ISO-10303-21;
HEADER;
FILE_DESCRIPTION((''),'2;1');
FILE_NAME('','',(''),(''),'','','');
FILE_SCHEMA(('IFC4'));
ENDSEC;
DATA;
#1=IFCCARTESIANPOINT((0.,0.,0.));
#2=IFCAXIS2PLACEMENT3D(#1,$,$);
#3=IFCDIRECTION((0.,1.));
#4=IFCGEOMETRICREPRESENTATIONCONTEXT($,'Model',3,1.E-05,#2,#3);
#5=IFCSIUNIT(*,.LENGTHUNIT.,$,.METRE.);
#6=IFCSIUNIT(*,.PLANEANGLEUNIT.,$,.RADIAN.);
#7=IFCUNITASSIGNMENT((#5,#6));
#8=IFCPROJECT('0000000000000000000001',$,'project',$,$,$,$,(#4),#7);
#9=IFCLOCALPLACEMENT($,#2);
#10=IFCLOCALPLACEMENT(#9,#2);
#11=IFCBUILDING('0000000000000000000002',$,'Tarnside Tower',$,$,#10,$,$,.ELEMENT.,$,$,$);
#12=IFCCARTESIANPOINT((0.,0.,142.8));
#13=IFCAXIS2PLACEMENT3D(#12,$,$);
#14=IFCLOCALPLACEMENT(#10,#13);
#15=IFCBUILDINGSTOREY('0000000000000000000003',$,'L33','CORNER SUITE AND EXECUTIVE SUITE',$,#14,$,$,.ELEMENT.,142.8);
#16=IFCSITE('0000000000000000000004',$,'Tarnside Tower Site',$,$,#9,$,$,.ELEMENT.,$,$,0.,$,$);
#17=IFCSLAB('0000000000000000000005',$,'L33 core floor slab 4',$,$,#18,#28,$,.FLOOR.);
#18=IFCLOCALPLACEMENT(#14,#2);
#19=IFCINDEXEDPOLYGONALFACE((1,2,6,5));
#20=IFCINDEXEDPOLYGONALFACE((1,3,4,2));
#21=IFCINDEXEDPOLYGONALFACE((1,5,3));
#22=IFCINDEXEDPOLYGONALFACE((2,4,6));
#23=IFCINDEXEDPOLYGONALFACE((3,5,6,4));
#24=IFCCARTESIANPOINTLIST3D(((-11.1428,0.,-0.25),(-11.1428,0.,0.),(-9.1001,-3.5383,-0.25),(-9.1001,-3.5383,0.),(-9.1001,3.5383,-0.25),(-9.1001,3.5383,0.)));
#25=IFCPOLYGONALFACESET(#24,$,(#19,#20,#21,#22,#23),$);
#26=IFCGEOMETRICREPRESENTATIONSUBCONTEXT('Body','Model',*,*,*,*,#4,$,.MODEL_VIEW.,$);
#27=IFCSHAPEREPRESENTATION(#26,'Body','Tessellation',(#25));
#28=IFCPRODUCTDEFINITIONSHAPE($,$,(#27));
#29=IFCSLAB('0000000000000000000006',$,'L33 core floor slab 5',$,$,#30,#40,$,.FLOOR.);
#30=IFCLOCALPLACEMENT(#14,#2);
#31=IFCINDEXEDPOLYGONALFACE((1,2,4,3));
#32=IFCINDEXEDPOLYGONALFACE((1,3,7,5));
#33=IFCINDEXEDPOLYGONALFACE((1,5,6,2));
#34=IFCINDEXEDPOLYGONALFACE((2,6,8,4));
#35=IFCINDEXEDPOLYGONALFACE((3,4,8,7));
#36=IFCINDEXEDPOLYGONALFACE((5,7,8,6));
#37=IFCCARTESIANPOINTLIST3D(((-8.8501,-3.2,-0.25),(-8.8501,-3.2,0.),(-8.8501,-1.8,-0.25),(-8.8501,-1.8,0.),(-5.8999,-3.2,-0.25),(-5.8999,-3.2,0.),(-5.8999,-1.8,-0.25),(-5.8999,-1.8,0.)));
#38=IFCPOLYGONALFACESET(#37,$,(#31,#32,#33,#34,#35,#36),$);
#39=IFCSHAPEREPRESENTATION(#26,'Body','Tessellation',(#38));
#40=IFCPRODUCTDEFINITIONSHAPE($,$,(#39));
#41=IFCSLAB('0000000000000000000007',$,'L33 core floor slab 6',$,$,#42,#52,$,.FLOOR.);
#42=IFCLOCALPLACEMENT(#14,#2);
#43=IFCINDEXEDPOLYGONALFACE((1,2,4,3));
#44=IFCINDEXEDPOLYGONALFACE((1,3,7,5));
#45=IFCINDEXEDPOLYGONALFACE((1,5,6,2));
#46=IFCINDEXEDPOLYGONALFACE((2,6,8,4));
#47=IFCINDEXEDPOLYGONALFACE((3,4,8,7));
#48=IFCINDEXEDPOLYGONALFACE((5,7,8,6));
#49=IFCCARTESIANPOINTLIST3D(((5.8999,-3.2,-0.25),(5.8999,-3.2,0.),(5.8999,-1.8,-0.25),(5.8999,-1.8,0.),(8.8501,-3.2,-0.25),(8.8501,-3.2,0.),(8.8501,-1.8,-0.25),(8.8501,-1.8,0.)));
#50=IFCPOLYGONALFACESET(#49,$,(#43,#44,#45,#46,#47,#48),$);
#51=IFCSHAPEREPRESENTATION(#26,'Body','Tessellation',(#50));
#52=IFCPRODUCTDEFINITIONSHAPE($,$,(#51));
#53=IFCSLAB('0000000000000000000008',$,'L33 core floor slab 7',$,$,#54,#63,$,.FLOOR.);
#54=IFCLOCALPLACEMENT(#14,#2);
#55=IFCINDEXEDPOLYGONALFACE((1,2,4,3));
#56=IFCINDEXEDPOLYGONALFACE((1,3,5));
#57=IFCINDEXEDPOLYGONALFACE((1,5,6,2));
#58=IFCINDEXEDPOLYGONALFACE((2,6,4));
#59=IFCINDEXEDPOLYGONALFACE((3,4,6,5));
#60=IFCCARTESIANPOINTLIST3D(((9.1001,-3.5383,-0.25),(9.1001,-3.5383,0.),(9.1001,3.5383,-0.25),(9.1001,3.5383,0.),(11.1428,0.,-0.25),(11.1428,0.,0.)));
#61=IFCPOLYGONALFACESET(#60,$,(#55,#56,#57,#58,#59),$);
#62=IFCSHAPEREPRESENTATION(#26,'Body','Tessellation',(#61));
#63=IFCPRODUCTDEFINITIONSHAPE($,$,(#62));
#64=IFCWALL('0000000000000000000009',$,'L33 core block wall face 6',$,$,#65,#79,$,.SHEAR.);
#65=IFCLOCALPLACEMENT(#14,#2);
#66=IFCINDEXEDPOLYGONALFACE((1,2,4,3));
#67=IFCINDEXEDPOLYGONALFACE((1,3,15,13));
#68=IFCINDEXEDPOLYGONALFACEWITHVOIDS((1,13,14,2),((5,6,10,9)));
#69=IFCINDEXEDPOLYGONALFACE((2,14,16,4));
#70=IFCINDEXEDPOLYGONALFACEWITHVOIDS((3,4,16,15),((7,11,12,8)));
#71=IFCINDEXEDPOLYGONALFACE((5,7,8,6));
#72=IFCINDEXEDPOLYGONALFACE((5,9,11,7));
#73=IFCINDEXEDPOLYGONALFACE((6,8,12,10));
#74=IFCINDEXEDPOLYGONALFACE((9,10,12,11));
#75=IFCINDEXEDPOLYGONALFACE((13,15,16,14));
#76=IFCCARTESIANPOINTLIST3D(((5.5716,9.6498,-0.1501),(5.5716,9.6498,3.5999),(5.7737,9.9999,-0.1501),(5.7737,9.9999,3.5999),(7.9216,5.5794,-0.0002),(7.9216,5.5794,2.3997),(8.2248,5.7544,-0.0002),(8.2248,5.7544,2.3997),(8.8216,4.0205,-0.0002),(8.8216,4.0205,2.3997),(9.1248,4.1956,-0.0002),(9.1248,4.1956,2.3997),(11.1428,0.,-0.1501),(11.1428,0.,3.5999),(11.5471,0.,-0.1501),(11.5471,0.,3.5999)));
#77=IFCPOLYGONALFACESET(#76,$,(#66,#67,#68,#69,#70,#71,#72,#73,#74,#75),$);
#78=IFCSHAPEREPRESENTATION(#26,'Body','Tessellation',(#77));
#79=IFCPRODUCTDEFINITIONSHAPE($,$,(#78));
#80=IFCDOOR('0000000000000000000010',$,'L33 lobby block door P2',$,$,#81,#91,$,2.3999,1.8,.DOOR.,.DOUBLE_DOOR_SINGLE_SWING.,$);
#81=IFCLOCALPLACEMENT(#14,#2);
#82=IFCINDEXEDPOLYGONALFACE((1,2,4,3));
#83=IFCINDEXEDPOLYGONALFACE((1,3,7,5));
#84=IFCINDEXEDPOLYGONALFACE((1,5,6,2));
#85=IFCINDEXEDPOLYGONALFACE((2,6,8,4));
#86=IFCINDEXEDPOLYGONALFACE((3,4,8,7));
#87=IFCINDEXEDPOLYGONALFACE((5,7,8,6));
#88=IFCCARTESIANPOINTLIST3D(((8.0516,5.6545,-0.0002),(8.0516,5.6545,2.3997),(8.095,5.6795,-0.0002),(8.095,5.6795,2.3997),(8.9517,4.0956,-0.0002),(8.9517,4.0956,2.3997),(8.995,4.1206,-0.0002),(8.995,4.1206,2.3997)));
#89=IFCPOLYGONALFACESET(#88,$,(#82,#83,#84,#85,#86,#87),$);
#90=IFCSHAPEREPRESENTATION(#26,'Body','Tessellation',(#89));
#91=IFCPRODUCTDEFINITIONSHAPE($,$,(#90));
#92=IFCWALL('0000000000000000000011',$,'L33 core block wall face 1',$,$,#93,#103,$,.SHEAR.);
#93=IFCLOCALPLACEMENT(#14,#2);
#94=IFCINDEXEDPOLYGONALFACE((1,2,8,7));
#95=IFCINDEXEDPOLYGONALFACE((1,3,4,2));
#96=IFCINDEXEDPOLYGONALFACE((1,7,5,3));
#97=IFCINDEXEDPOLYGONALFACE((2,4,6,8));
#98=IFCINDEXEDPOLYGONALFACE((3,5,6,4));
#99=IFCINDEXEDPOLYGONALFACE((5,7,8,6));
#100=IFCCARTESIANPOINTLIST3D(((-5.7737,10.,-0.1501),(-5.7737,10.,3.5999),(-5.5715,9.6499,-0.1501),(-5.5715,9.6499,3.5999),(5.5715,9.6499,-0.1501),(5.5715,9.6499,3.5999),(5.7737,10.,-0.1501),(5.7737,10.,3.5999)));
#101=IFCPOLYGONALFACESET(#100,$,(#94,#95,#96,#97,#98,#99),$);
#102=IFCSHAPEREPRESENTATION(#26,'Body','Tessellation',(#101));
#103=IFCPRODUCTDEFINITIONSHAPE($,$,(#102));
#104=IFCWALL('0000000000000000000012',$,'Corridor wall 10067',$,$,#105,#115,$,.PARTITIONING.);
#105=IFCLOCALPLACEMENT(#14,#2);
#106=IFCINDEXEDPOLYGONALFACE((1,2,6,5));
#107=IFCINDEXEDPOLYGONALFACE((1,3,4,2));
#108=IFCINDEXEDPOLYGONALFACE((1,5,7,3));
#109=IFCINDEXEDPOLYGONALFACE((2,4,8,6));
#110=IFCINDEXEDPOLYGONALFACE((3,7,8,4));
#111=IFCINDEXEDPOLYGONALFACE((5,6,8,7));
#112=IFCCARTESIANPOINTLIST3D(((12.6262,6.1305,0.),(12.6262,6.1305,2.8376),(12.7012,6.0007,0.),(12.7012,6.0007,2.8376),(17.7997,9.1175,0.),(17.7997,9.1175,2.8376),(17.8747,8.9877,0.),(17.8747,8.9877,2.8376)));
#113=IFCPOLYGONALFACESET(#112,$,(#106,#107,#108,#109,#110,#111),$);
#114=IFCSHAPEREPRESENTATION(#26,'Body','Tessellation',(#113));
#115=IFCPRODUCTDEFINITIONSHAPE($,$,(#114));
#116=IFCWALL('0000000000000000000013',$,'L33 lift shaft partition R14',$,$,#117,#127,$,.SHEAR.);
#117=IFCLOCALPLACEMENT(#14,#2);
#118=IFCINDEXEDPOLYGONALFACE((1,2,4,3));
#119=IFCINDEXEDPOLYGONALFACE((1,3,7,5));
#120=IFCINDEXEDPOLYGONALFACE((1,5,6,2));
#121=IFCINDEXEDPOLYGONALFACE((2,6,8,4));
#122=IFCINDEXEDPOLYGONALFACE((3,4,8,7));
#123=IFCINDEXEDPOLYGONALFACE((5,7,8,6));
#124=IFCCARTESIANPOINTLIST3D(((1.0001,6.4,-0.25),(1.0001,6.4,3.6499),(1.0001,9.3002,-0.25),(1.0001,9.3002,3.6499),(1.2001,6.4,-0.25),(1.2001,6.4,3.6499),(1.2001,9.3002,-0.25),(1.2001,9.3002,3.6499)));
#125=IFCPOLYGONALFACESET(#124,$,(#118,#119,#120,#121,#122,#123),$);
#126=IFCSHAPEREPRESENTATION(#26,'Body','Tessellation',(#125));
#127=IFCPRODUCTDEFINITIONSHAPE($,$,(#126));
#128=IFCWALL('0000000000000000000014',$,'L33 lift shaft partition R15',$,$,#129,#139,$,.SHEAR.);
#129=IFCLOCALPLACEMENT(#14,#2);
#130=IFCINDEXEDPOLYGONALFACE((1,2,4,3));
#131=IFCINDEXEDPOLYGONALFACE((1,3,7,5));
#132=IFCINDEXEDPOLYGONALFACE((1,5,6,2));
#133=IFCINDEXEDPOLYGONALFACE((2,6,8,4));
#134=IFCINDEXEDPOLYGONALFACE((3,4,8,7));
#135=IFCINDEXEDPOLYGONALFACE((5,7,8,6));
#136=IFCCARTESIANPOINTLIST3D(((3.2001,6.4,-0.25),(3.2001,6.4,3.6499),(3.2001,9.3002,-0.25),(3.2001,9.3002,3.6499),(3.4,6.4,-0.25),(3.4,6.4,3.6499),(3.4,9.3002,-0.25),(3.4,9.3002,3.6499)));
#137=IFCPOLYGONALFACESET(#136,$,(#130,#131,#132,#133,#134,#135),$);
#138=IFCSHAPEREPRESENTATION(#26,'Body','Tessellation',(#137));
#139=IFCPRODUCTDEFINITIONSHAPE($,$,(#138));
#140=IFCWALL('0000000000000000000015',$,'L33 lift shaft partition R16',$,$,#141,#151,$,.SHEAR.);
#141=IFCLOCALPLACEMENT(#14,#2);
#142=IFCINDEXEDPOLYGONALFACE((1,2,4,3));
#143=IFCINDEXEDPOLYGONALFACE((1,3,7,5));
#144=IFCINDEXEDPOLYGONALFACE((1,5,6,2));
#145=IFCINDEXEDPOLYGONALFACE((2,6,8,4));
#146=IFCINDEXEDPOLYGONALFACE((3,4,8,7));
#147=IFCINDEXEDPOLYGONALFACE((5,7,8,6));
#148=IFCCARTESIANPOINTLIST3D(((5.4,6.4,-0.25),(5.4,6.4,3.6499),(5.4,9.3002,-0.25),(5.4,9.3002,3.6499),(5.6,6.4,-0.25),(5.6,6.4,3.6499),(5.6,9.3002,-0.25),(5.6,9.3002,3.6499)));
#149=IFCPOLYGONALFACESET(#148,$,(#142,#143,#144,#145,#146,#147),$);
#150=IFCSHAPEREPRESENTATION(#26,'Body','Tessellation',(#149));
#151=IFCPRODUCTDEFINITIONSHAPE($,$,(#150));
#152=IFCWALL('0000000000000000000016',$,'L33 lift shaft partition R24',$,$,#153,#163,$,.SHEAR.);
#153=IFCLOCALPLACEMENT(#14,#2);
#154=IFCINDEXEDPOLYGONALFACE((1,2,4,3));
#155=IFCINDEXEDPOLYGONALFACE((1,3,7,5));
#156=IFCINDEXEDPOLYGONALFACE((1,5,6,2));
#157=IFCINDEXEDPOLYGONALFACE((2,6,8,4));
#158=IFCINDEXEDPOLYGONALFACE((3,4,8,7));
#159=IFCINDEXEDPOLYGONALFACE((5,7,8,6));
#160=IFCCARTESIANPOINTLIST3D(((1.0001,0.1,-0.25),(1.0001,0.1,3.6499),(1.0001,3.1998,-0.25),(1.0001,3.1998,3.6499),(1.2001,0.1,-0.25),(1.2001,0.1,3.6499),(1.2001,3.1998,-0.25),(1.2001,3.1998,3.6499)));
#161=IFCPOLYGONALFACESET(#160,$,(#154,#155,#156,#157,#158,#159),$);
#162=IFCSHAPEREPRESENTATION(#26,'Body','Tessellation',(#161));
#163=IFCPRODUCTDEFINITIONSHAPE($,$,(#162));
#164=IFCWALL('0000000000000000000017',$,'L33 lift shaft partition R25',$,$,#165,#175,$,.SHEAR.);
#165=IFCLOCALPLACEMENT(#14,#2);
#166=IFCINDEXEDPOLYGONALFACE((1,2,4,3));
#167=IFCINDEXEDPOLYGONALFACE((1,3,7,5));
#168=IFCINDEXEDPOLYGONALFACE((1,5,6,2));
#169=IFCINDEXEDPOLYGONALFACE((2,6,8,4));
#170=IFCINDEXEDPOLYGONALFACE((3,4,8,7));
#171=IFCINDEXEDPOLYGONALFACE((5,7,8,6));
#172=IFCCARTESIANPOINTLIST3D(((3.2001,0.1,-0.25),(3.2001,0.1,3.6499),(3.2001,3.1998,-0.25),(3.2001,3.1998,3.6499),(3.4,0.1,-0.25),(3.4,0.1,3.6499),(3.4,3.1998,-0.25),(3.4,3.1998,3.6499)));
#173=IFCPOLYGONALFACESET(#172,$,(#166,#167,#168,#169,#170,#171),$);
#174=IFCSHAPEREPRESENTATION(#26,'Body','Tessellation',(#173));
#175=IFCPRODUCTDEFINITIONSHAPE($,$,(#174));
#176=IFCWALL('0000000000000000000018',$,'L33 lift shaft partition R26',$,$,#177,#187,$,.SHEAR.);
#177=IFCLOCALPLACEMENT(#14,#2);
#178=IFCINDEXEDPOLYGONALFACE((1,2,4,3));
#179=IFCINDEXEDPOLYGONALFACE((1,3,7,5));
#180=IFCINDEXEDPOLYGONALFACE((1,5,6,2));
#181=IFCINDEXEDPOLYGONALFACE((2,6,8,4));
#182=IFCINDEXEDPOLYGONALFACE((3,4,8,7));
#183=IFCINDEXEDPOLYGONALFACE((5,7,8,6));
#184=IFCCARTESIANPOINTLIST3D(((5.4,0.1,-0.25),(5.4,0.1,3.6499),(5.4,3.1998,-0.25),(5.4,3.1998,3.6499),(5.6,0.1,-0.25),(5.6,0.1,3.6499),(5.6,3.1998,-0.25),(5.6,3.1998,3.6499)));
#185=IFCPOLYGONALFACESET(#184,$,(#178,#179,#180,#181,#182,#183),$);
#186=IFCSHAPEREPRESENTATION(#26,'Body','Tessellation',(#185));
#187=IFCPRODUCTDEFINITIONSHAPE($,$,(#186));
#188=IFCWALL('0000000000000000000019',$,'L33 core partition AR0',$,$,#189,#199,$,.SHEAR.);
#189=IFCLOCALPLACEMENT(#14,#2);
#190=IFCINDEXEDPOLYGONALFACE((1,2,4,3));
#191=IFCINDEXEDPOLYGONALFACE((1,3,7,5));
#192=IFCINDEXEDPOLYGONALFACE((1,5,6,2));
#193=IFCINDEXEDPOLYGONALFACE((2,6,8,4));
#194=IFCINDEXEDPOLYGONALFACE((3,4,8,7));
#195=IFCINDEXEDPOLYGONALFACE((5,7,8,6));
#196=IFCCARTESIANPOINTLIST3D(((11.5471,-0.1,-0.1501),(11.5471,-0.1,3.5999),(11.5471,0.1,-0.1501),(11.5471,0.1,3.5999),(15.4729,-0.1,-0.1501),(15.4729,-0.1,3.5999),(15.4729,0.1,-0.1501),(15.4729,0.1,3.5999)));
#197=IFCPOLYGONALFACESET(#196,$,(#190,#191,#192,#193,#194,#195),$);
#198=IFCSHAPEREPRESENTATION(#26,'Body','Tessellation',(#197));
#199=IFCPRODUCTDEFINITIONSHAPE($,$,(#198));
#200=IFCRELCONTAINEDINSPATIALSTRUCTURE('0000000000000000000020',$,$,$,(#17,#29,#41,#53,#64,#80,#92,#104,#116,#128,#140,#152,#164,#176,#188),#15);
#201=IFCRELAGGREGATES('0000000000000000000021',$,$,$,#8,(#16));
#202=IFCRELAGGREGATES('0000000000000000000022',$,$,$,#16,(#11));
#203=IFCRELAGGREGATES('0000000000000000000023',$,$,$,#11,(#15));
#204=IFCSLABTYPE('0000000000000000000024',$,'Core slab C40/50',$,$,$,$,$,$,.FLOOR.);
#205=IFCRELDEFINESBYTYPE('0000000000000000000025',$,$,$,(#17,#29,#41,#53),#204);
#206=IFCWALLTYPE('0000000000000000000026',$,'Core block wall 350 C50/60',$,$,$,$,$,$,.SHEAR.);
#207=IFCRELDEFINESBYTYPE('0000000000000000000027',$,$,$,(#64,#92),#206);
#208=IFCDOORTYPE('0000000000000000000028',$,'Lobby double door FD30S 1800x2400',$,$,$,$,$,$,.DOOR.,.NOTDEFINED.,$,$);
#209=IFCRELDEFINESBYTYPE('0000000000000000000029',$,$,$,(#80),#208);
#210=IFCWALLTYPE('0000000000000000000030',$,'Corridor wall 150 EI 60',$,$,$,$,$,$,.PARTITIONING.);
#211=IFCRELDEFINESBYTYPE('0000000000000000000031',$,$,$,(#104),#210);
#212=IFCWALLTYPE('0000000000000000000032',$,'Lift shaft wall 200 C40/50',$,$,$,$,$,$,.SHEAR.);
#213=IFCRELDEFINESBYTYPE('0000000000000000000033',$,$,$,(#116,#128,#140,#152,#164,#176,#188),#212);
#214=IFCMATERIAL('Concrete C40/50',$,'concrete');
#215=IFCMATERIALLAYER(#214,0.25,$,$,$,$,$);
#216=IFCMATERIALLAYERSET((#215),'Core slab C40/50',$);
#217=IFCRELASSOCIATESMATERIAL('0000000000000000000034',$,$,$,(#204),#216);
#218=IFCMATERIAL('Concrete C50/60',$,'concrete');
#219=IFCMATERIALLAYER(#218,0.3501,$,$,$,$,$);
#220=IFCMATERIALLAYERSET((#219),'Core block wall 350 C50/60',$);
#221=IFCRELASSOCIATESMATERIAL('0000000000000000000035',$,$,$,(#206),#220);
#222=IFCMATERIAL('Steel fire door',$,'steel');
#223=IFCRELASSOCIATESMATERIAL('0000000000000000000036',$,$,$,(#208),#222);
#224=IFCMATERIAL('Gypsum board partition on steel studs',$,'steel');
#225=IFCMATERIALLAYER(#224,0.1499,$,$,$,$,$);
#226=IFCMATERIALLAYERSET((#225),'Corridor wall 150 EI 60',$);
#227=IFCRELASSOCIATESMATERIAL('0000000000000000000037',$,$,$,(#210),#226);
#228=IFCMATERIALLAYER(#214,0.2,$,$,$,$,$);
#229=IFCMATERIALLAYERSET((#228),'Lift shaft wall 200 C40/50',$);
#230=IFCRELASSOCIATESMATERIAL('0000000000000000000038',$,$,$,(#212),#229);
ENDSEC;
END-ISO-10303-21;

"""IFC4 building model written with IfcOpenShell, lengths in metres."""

from ifc_helpers import new_model, si_unit, direction, frame, frame_2d, origin, place, context, subcontext, project, spatial, polyline, rectangle, outline, extrude, material, layer, layer_set, type_object, element, fill, save


model = new_model("IFC4")

# Units and contexts
model_context = context("Model", 3, precision=1e-05, world=origin(), true_north=direction((0.0, 1.0)))
body_context = subcontext(model_context, "Body", "Model", "MODEL_VIEW")
ifc_project = project(units=[si_unit("LENGTHUNIT", "METRE"), si_unit("PLANEANGLEUNIT", "RADIAN")], contexts=[model_context])

# Site, building, storey
site_placement = place(None, origin())
site = spatial("IfcSite", under=ifc_project, at=site_placement, Name="Tarnside Tower Site", CompositionType="ELEMENT", RefElevation=0.0)
building_placement = place(site_placement, origin())
building = spatial("IfcBuilding", under=site, at=building_placement, Name="Tarnside Tower", CompositionType="ELEMENT")
storey_placement = place(building_placement, frame((0.0, 0.0, 142.8)))
storey = spatial("IfcBuildingStorey", under=building, at=storey_placement, Name="L33", Description="CORNER SUITE AND EXECUTIVE SUITE", CompositionType="ELEMENT", Elevation=142.8)

# Slabs
ifc_material_1 = material(Name="Concrete C40/50", Category="concrete")
ifc_layer_1 = layer(ifc_material_1, 0.25)
ifc_layer_set_1 = layer_set([ifc_layer_1], Name="Core slab C40/50")
slab_type = type_object("IfcSlabType", Name="Core slab C40/50", PredefinedType="FLOOR", material=ifc_layer_set_1)
slab_1_placement = place(storey_placement, frame((0.0, 0.0, -0.25)))
element("IfcSlab", 1, at=slab_1_placement, inside=storey, type_object=slab_type, Name="L33 core floor slab 4", PredefinedType="FLOOR", context=body_context, shape_type="SweptSolid", body=[
    extrude(outline(polyline([(-11.1428, 0.0), (-9.1001, 3.5383), (-9.1001, -3.5383), (-11.1428, 0.0)])), origin(), (0.0, 0.0, 1.0), 0.25),
])
slab_2_placement = place(storey_placement, frame((0.0, 0.0, -0.25)))
element("IfcSlab", 2, at=slab_2_placement, inside=storey, type_object=slab_type, Name="L33 core floor slab 5", PredefinedType="FLOOR", context=body_context, shape_type="SweptSolid", body=[
    extrude(outline(polyline([(-8.8501, -1.8), (-5.8999, -1.8), (-5.8999, -3.2), (-8.8501, -3.2), (-8.8501, -1.8)])), origin(), (0.0, 0.0, 1.0), 0.25),
])
slab_3_placement = place(storey_placement, frame((0.0, 0.0, -0.25)))
element("IfcSlab", 3, at=slab_3_placement, inside=storey, type_object=slab_type, Name="L33 core floor slab 6", PredefinedType="FLOOR", context=body_context, shape_type="SweptSolid", body=[
    extrude(outline(polyline([(5.8999, -3.2), (5.8999, -1.8), (8.8501, -1.8), (8.8501, -3.2), (5.8999, -3.2)])), origin(), (0.0, 0.0, 1.0), 0.25),
])
slab_4_placement = place(storey_placement, frame((0.0, 0.0, -0.25)))
element("IfcSlab", 4, at=slab_4_placement, inside=storey, type_object=slab_type, Name="L33 core floor slab 7", PredefinedType="FLOOR", context=body_context, shape_type="SweptSolid", body=[
    extrude(outline(polyline([(9.1001, -3.5383), (9.1001, 3.5383), (11.1428, 0.0), (9.1001, -3.5383)])), origin(), (0.0, 0.0, 1.0), 0.25),
])

# Wall, opening, door
ifc_material_2 = material(Name="Concrete C50/60", Category="concrete")
ifc_layer_2 = layer(ifc_material_2, 0.3501)
ifc_layer_set_2 = layer_set([ifc_layer_2], Name="Core block wall 350 C50/60")
wall_type_1 = type_object("IfcWallType", Name="Core block wall 350 C50/60", PredefinedType="SHEAR", material=ifc_layer_set_2)
wall_1_placement = place(storey_placement, frame((11.345, 0.0, -0.1501), z_axis=(0.0, 0.0, 1.0), x_axis=(-0.499995, 0.866028, 0.0)))
wall_1 = element("IfcWall", 5, at=wall_1_placement, inside=storey, type_object=wall_type_1, Name="L33 core block wall face 6", PredefinedType="SHEAR", context=body_context, shape_type="SweptSolid", body=[
    extrude(outline(polyline([(-0.1011, -0.175), (11.4458, -0.175), (11.2437, 0.175), (0.1011, 0.175), (-0.1011, -0.175)])), origin(), (0.0, 0.0, 1.0), 3.75),
])
opening_placement = place(wall_1_placement, frame((4.7437, 0.0, 0.1499)))
opening = element("IfcOpeningElement", 6, at=opening_placement, cuts=wall_1, PredefinedType="OPENING", context=body_context, shape_type="SweptSolid", body=[
    extrude(rectangle(XDim=1.8, YDim=2.3999, at=frame_2d((0.8999, 1.2))), frame((0.0, 0.1851, 0.0), z_axis=(0.0, -1.0, 0.0), x_axis=(1.0, 0.0, 0.0)), (0.0, 0.0, 1.0), 0.3701),
])
ifc_material_3 = material(Name="Steel fire door", Category="steel")
door_type = type_object("IfcDoorType", Name="Lobby double door FD30S 1800x2400", OperationType="NOTDEFINED", PredefinedType="DOOR", material=ifc_material_3)
door_placement = place(opening_placement, origin())
door = element("IfcDoor", 7, at=door_placement, inside=storey, type_object=door_type, Name="L33 lobby block door P2", OperationType="DOUBLE_DOOR_SINGLE_SWING", OverallHeight=2.3999, OverallWidth=1.8, PredefinedType="DOOR", context=body_context, shape_type="SweptSolid", body=[
    extrude(rectangle(XDim=1.8, YDim=2.3999, at=frame_2d((0.8999, 1.2))), frame((0.0, 0.0249, 0.0), z_axis=(0.0, -1.0, 0.0), x_axis=(1.0, 0.0, 0.0)), (0.0, 0.0, 1.0), 0.05),
])
fill(opening, door)

# Walls
wall_2_placement = place(storey_placement, frame((5.6726, 9.825, -0.1501), z_axis=(0.0, 0.0, 1.0), x_axis=(-1.0, 0.0, 0.0)))
element("IfcWall", 8, at=wall_2_placement, inside=storey, type_object=wall_type_1, Name="L33 core block wall face 1", PredefinedType="SHEAR", context=body_context, shape_type="SweptSolid", body=[
    extrude(outline(polyline([(-0.1011, -0.175), (11.4463, -0.175), (11.2441, 0.175), (0.1011, 0.175), (-0.1011, -0.175)])), origin(), (0.0, 0.0, 1.0), 3.75),
])
ifc_material_4 = material(Name="Gypsum board partition on steel studs", Category="steel")
ifc_layer_3 = layer(ifc_material_4, 0.1499)
ifc_layer_set_3 = layer_set([ifc_layer_3], Name="Corridor wall 150 EI 60")
wall_type_2 = type_object("IfcWallType", Name="Corridor wall 150 EI 60", PredefinedType="PARTITIONING", material=ifc_layer_set_3)
wall_3_placement = place(storey_placement, frame((12.6638, 6.0657, 0.0), z_axis=(0.0, 0.0, 1.0), x_axis=(0.866019, 0.500011, 0.0)))
element("IfcWall", 9, at=wall_3_placement, inside=storey, type_object=wall_type_2, Name="Corridor wall 10067", PredefinedType="PARTITIONING", context=body_context, shape_type="SweptSolid", body=[
    extrude(rectangle(XDim=5.9739, YDim=0.1499, at=frame_2d((2.9868, 0.0))), origin(), (0.0, 0.0, 1.0), 2.8376),
])
ifc_layer_4 = layer(ifc_material_1, 0.2)
ifc_layer_set_4 = layer_set([ifc_layer_4], Name="Lift shaft wall 200 C40/50")
wall_type_3 = type_object("IfcWallType", Name="Lift shaft wall 200 C40/50", PredefinedType="SHEAR", material=ifc_layer_set_4)
for number, where, z_axis, x_axis, name in (
    (10, (1.1001, 6.3999, -0.25), (0.0, 0.0, 1.0), (0.0, 1.0, 0.0), "L33 lift shaft partition R14"),
    (11, (3.3, 6.3999, -0.25), (0.0, 0.0, 1.0), (0.0, 1.0, 0.0), "L33 lift shaft partition R15"),
    (12, (5.5, 6.3999, -0.25), (0.0, 0.0, 1.0), (0.0, 1.0, 0.0), "L33 lift shaft partition R16"),
):
    element("IfcWall", number, at=place(storey_placement, frame(where, z_axis=z_axis, x_axis=x_axis)), inside=storey, type_object=wall_type_3, Name=name, PredefinedType="SHEAR", context=body_context, shape_type="SweptSolid", body=[
        extrude(rectangle(XDim=2.9001, YDim=0.2, at=frame_2d((1.4502, 0.0))), origin(), (0.0, 0.0, 1.0), 3.8999),
    ])
for number, where, z_axis, x_axis, name in (
    (13, (1.1001, 0.1001, -0.25), (0.0, 0.0, 1.0), (0.0, 1.0, 0.0), "L33 lift shaft partition R24"),
    (14, (3.3, 0.1001, -0.25), (0.0, 0.0, 1.0), (0.0, 1.0, 0.0), "L33 lift shaft partition R25"),
    (15, (5.5, 0.1001, -0.25), (0.0, 0.0, 1.0), (0.0, 1.0, 0.0), "L33 lift shaft partition R26"),
):
    element("IfcWall", number, at=place(storey_placement, frame(where, z_axis=z_axis, x_axis=x_axis)), inside=storey, type_object=wall_type_3, Name=name, PredefinedType="SHEAR", context=body_context, shape_type="SweptSolid", body=[
        extrude(rectangle(XDim=3.0999, YDim=0.2, at=frame_2d((1.5498, 0.0))), origin(), (0.0, 0.0, 1.0), 3.8999),
    ])
wall_4_placement = place(storey_placement, frame((11.5471, 0.0, -0.1501), z_axis=(0.0, 0.0, 1.0), x_axis=(1.0, 0.0, 0.0)))
element("IfcWall", 16, at=wall_4_placement, inside=storey, type_object=wall_type_3, Name="L33 core partition AR0", PredefinedType="SHEAR", context=body_context, shape_type="SweptSolid", body=[
    extrude(rectangle(XDim=3.9258, YDim=0.2, at=frame_2d((1.9629, 0.0))), origin(), (0.0, 0.0, 1.0), 3.75),
])

save(model, "model.ifc")
